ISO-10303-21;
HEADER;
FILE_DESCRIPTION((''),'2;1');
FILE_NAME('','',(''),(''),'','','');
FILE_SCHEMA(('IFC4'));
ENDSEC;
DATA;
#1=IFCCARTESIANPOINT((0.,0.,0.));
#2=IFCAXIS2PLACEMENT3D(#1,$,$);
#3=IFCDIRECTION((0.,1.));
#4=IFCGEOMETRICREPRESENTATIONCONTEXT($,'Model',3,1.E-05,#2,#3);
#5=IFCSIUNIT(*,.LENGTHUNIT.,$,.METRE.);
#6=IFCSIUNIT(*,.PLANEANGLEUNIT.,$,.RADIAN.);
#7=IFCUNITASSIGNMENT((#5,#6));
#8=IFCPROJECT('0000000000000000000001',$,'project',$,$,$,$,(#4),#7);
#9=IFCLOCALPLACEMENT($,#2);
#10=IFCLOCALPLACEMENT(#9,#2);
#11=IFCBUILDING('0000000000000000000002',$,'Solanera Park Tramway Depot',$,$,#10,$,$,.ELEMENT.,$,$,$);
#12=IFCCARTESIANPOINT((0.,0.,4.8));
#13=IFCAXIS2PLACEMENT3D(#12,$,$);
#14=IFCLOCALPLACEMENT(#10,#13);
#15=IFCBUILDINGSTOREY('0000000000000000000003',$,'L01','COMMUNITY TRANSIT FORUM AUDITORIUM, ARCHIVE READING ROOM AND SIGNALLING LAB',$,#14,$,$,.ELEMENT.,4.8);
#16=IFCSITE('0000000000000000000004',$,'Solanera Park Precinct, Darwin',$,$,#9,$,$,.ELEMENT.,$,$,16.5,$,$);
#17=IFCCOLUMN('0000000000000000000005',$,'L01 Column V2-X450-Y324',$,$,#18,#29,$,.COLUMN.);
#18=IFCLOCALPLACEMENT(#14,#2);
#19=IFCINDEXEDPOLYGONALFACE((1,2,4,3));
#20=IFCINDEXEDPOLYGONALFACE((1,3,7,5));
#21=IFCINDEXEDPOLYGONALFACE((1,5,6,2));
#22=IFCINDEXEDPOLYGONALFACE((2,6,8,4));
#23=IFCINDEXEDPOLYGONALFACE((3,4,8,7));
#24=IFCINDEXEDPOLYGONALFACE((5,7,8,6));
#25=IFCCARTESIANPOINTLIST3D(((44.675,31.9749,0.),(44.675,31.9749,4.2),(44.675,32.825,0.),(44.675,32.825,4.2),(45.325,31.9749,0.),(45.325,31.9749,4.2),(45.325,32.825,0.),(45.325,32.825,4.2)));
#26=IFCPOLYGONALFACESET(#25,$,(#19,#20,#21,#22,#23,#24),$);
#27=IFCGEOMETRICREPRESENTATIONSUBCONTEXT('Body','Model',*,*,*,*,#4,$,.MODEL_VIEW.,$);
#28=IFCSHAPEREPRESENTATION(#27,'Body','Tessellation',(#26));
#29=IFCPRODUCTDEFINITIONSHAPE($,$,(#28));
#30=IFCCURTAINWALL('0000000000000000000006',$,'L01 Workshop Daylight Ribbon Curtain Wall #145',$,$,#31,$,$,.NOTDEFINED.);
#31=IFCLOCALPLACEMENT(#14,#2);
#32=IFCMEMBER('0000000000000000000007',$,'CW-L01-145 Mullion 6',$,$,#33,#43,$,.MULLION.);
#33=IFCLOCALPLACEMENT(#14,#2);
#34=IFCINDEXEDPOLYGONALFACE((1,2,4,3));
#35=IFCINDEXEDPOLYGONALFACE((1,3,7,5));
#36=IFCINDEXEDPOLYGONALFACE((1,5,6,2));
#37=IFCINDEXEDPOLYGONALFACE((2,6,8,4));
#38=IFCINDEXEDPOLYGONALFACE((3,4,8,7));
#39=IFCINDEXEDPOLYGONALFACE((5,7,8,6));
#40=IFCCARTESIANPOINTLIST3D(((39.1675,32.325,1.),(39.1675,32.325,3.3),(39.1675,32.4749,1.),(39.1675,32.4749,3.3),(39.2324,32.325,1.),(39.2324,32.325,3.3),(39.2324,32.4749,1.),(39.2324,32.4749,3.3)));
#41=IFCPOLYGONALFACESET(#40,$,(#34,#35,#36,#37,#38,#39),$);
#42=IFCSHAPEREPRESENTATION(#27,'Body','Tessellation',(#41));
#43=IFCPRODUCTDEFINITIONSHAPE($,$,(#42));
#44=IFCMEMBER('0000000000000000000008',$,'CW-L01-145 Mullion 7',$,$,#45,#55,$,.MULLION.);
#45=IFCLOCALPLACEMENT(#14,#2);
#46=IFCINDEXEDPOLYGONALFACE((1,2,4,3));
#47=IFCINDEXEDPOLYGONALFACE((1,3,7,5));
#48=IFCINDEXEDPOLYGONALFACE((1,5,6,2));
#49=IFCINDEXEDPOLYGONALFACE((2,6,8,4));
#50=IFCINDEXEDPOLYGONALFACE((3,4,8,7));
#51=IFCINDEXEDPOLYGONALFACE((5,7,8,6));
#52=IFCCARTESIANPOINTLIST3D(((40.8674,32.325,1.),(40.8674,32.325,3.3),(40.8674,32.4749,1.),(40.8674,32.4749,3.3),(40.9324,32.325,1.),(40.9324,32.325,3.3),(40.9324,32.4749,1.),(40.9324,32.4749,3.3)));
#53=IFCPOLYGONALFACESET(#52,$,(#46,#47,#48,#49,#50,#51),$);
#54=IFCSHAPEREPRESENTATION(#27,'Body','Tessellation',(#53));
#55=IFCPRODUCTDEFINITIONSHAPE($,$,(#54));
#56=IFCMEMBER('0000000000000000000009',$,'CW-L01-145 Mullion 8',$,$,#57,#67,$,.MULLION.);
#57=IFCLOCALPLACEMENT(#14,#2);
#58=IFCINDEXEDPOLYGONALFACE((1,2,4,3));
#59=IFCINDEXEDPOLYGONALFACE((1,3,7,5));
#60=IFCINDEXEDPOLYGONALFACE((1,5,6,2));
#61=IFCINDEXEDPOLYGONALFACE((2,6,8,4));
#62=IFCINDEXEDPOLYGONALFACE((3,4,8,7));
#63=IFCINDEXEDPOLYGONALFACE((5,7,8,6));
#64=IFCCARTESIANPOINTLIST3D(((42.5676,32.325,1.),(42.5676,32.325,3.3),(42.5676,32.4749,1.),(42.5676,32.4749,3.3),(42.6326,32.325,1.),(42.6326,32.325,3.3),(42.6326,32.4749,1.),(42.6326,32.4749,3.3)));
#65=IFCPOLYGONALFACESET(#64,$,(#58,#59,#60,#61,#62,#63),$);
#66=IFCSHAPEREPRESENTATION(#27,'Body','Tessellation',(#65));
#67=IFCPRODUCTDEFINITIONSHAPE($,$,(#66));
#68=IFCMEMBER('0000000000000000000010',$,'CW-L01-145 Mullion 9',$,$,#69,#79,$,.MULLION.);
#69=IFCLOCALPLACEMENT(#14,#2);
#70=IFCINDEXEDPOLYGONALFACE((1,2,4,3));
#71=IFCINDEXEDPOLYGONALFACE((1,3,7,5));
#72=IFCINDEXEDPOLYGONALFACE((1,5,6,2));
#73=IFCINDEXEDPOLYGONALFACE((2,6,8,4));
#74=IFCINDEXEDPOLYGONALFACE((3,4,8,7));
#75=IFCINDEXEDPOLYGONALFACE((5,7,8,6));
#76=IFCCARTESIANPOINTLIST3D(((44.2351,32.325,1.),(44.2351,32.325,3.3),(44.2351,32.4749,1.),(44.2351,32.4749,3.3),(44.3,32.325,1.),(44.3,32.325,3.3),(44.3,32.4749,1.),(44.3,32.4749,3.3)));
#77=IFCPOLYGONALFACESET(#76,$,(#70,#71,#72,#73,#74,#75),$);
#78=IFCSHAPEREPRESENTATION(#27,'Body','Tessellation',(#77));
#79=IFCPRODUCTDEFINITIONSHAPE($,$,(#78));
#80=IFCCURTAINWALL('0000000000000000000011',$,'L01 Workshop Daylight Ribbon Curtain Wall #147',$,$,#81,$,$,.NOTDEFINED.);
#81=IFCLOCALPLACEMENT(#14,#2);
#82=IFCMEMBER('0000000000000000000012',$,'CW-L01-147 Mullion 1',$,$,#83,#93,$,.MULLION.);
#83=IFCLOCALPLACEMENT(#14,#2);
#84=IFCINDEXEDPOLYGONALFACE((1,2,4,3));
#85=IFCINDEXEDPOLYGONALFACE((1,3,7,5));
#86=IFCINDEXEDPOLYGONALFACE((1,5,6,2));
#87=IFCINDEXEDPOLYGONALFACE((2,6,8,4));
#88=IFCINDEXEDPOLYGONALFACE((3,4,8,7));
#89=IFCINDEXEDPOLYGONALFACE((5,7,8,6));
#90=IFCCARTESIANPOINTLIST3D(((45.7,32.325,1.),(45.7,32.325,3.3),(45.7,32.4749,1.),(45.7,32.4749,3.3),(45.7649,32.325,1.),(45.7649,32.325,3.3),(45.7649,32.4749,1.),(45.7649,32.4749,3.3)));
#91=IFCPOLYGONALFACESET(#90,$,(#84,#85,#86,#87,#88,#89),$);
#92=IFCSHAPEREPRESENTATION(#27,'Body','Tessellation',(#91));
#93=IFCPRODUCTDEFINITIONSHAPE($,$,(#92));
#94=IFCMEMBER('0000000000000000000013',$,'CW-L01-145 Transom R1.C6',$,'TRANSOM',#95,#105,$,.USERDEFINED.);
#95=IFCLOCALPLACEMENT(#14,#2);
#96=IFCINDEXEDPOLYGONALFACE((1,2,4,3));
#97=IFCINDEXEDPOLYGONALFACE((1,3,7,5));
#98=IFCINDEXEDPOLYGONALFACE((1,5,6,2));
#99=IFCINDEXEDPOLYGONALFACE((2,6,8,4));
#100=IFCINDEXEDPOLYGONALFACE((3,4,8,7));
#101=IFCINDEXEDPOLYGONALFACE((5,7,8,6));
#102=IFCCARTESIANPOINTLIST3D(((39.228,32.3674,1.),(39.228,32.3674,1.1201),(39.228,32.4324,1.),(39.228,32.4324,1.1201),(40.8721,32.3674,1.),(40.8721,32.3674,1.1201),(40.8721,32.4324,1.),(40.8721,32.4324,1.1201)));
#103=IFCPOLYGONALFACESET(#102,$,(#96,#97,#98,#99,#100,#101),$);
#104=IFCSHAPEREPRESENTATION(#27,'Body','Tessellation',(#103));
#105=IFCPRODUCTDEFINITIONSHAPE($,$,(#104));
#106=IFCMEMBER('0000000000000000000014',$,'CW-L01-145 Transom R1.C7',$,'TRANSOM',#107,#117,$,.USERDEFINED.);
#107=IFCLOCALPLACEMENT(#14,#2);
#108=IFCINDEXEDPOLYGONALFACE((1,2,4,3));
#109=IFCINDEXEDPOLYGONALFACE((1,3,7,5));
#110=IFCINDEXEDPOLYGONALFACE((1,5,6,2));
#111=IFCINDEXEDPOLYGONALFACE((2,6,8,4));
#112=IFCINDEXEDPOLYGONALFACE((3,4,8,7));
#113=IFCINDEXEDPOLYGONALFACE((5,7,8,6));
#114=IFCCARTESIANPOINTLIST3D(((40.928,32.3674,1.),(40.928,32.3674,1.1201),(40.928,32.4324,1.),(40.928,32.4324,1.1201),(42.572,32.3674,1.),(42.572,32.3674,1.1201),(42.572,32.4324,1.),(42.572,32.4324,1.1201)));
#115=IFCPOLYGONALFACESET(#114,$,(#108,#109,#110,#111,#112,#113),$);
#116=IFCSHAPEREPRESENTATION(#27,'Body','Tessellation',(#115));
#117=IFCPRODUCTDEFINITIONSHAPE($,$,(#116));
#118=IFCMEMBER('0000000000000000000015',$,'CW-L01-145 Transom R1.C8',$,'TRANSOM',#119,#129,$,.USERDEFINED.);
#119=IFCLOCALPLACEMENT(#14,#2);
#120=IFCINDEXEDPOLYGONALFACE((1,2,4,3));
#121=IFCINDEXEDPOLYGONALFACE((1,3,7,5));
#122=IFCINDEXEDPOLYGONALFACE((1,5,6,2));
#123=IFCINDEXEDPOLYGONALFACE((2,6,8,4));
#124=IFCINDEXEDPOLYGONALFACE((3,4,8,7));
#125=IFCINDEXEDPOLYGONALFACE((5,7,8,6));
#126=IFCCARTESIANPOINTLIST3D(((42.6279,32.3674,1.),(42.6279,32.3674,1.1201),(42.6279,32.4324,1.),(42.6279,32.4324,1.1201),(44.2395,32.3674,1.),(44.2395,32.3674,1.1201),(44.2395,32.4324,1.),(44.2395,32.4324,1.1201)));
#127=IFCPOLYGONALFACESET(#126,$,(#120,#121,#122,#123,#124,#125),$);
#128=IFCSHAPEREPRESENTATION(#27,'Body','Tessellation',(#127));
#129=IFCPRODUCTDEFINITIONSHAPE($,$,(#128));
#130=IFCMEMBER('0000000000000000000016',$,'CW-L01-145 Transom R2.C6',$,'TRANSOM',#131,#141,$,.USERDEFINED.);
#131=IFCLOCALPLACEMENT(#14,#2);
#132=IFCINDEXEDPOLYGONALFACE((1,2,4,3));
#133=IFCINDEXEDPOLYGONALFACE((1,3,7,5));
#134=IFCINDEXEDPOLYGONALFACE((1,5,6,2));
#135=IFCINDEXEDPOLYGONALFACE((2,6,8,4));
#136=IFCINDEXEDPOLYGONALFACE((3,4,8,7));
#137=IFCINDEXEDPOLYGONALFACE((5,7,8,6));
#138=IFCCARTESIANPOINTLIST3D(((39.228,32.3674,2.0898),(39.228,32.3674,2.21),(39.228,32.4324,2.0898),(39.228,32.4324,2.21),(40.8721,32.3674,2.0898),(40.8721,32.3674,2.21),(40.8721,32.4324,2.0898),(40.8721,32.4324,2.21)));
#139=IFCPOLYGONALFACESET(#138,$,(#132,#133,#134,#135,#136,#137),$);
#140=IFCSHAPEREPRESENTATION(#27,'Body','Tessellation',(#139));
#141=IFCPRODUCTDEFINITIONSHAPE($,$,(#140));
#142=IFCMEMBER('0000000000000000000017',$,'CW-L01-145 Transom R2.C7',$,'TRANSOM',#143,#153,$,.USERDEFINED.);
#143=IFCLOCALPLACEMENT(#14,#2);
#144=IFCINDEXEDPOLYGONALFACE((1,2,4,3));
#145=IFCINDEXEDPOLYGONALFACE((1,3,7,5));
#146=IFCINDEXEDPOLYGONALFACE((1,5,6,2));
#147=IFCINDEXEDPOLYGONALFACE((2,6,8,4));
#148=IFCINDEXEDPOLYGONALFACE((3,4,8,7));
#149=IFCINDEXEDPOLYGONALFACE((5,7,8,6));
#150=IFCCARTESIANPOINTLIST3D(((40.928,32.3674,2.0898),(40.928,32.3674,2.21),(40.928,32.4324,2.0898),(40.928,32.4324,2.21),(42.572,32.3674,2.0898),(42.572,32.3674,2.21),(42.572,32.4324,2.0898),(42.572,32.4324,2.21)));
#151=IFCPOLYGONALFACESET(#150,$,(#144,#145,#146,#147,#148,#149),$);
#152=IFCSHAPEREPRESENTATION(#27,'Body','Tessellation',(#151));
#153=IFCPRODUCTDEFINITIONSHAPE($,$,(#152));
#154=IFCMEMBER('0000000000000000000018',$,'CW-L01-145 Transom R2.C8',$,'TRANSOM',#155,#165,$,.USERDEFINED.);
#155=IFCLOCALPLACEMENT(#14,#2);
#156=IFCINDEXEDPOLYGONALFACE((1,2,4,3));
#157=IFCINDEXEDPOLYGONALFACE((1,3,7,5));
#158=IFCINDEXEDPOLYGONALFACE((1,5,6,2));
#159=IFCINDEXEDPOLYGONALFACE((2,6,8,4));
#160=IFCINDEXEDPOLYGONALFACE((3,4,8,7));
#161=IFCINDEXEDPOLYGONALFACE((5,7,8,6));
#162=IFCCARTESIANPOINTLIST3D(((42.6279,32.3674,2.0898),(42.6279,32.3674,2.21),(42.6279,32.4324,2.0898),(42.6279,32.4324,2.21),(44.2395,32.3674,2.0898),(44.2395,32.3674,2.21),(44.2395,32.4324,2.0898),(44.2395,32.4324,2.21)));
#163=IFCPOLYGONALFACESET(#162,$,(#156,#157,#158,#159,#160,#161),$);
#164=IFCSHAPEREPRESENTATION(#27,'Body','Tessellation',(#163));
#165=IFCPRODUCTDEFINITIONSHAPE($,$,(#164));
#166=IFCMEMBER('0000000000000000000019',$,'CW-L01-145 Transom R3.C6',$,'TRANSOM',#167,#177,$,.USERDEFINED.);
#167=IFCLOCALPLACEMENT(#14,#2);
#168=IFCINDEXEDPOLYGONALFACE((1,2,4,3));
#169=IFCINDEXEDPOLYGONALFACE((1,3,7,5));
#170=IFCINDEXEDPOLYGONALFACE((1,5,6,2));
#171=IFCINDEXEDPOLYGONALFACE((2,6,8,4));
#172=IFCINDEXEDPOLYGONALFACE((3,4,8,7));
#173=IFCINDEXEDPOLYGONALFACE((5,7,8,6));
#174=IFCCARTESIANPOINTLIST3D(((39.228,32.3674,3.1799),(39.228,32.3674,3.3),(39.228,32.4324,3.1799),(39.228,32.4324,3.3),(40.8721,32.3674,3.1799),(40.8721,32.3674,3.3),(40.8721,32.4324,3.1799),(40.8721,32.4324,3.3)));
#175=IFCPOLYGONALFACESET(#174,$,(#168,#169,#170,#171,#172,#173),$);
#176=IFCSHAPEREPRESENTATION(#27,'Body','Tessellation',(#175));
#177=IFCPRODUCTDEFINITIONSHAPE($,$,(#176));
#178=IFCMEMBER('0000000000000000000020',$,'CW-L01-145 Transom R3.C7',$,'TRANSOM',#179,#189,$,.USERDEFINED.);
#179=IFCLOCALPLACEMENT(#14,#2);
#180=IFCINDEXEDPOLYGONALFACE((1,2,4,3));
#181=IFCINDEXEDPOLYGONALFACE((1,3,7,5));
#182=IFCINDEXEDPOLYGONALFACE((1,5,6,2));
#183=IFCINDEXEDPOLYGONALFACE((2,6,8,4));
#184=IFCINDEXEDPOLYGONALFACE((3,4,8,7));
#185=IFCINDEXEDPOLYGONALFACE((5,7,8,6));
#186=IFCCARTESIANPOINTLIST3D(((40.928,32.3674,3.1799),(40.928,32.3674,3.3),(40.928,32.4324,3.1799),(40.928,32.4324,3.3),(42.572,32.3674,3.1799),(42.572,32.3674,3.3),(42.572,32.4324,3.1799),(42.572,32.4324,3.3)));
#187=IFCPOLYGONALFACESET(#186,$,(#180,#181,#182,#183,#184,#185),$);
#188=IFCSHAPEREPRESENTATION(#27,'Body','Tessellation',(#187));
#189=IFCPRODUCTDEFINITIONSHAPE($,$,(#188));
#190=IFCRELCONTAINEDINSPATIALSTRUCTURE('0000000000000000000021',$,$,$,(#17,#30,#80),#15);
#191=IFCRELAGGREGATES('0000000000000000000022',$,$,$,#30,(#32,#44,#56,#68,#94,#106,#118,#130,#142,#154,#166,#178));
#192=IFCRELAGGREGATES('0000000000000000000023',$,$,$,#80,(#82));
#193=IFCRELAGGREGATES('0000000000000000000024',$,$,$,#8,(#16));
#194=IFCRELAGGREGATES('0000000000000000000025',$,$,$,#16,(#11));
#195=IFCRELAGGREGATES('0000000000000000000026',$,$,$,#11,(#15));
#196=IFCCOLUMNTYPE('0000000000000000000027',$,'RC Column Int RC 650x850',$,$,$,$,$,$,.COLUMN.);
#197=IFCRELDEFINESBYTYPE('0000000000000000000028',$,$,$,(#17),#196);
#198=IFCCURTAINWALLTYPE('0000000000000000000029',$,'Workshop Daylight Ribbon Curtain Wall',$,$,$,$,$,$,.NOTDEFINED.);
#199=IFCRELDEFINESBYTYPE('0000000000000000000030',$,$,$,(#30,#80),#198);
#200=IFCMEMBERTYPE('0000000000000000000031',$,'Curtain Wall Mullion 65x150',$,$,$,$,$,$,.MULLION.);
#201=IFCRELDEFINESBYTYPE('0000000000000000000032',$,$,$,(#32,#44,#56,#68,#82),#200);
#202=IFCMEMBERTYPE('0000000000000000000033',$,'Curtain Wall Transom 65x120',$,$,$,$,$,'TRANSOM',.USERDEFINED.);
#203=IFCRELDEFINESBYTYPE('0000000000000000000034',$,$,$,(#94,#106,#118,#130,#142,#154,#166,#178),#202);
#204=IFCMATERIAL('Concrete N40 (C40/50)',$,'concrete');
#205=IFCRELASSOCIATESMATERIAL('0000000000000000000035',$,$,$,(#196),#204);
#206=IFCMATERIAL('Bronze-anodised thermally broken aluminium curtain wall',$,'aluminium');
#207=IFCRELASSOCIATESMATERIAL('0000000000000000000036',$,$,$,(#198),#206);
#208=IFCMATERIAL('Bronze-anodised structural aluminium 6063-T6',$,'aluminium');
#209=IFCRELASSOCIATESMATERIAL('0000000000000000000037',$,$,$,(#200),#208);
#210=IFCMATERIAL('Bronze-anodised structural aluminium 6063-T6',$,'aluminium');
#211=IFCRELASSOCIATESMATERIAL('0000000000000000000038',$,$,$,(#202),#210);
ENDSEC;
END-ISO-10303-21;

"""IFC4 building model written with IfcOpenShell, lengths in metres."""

from ifc_helpers import new_model, si_unit, direction, frame, origin, origin_2d, place, context, subcontext, project, spatial, rectangle, extrude, material, material_profile, profile_set, type_object, element, aggregate, save


model = new_model("IFC4")

# Units and contexts
model_context = context("Model", 3, precision=1e-05, world=origin(), true_north=direction((0.0, 1.0)))
body_context = subcontext(model_context, "Body", "Model", "MODEL_VIEW")
ifc_project = project(units=[si_unit("LENGTHUNIT", "METRE"), si_unit("PLANEANGLEUNIT", "RADIAN")], contexts=[model_context])

# Site, building, storey
site_placement = place(None, origin())
site = spatial("IfcSite", under=ifc_project, at=site_placement, Name="Solanera Park Precinct, Darwin", CompositionType="ELEMENT", RefElevation=16.5)
building_placement = place(site_placement, origin())
building = spatial("IfcBuilding", under=site, at=building_placement, Name="Solanera Park Tramway Depot", CompositionType="ELEMENT")
storey_placement = place(building_placement, frame((0.0, 0.0, 4.8)))
storey = spatial("IfcBuildingStorey", under=building, at=storey_placement, Name="L01", Description="COMMUNITY TRANSIT FORUM AUDITORIUM, ARCHIVE READING ROOM AND SIGNALLING LAB", CompositionType="ELEMENT", Elevation=4.8)

# Column
ifc_material_1 = material(Name="Concrete N40 (C40/50)", Category="concrete")
ifc_material_profile_1 = material_profile(ifc_material_1, rectangle(XDim=0.6499, YDim=0.8501, at=origin_2d()), Name="RC 650x850")
ifc_profile_set_1 = profile_set([ifc_material_profile_1], Name="Concrete N40 (C40/50)")
column_type = type_object("IfcColumnType", Name="RC Column Int RC 650x850", PredefinedType="COLUMN", material=ifc_profile_set_1)
column_placement = place(storey_placement, frame((45.0, 32.3999, 0.0), z_axis=(0.0, 0.0, 1.0), x_axis=(1.0, 0.0, 0.0)))
element("IfcColumn", 1, at=column_placement, inside=storey, type_object=column_type, Name="L01 Column V2-X450-Y324", PredefinedType="COLUMN", context=body_context, shape_type="SweptSolid", body=[
    extrude(rectangle(XDim=0.6499, YDim=0.8501, at=origin_2d()), origin(), (0.0, 0.0, 1.0), 4.2),
])

# Curtain wall, members
ifc_material_2 = material(Name="Bronze-anodised thermally broken aluminium curtain wall", Category="aluminium")
curtain_wall_type = type_object("IfcCurtainWallType", Name="Workshop Daylight Ribbon Curtain Wall", PredefinedType="NOTDEFINED", material=ifc_material_2)
curtain_wall_1_placement = place(storey_placement, origin())
curtain_wall_1 = element("IfcCurtainWall", 2, at=curtain_wall_1_placement, inside=storey, type_object=curtain_wall_type, Name="L01 Workshop Daylight Ribbon Curtain Wall #145", PredefinedType="NOTDEFINED")
ifc_material_3 = material(Name="Bronze-anodised structural aluminium 6063-T6", Category="aluminium")
ifc_material_profile_2 = material_profile(ifc_material_3, rectangle(XDim=0.0649, YDim=0.1499, at=origin_2d()), Name="Curtain Wall Mullion 65x150")
ifc_profile_set_2 = profile_set([ifc_material_profile_2], Name="Bronze-anodised structural aluminium 6063-T6")
member_type_1 = type_object("IfcMemberType", Name="Curtain Wall Mullion 65x150", PredefinedType="MULLION", material=ifc_profile_set_2)
member_1_placement = place(storey_placement, frame((39.2, 32.3999, 1.0), z_axis=(0.0, 0.0, 1.0), x_axis=(1.0, 0.0, 0.0)))
member_1 = element("IfcMember", 3, at=member_1_placement, type_object=member_type_1, Name="CW-L01-145 Mullion 6", PredefinedType="MULLION", context=body_context, shape_type="SweptSolid", body=[
    extrude(rectangle(XDim=0.0649, YDim=0.1499, at=origin_2d()), origin(), (0.0, 0.0, 1.0), 2.3),
])
member_2_placement = place(storey_placement, frame((40.8999, 32.3999, 1.0), z_axis=(0.0, 0.0, 1.0), x_axis=(1.0, 0.0, 0.0)))
member_2 = element("IfcMember", 4, at=member_2_placement, type_object=member_type_1, Name="CW-L01-145 Mullion 7", PredefinedType="MULLION", context=body_context, shape_type="SweptSolid", body=[
    extrude(rectangle(XDim=0.0649, YDim=0.1499, at=origin_2d()), origin(), (0.0, 0.0, 1.0), 2.3),
])
member_3_placement = place(storey_placement, frame((42.6001, 32.3999, 1.0), z_axis=(0.0, 0.0, 1.0), x_axis=(1.0, 0.0, 0.0)))
member_3 = element("IfcMember", 5, at=member_3_placement, type_object=member_type_1, Name="CW-L01-145 Mullion 8", PredefinedType="MULLION", context=body_context, shape_type="SweptSolid", body=[
    extrude(rectangle(XDim=0.0649, YDim=0.1499, at=origin_2d()), origin(), (0.0, 0.0, 1.0), 2.3),
])
member_4_placement = place(storey_placement, frame((44.2676, 32.3999, 1.0), z_axis=(0.0, 0.0, 1.0), x_axis=(1.0, 0.0, 0.0)))
member_4 = element("IfcMember", 6, at=member_4_placement, type_object=member_type_1, Name="CW-L01-145 Mullion 9", PredefinedType="MULLION", context=body_context, shape_type="SweptSolid", body=[
    extrude(rectangle(XDim=0.0649, YDim=0.1499, at=origin_2d()), origin(), (0.0, 0.0, 1.0), 2.3),
])

# Curtain wall, member
curtain_wall_2_placement = place(storey_placement, origin())
curtain_wall_2 = element("IfcCurtainWall", 7, at=curtain_wall_2_placement, inside=storey, type_object=curtain_wall_type, Name="L01 Workshop Daylight Ribbon Curtain Wall #147", PredefinedType="NOTDEFINED")
member_5_placement = place(storey_placement, frame((45.7324, 32.3999, 1.0), z_axis=(0.0, 0.0, 1.0), x_axis=(1.0, 0.0, 0.0)))
member_5 = element("IfcMember", 8, at=member_5_placement, type_object=member_type_1, Name="CW-L01-147 Mullion 1", PredefinedType="MULLION", context=body_context, shape_type="SweptSolid", body=[
    extrude(rectangle(XDim=0.0649, YDim=0.1499, at=origin_2d()), origin(), (0.0, 0.0, 1.0), 2.3),
])

# Members
ifc_material_4 = material(Name="Bronze-anodised structural aluminium 6063-T6", Category="aluminium")
ifc_material_profile_3 = material_profile(ifc_material_4, rectangle(XDim=0.0649, YDim=0.1201, at=origin_2d()), Name="Curtain Wall Transom 65x120")
ifc_profile_set_3 = profile_set([ifc_material_profile_3], Name="Bronze-anodised structural aluminium 6063-T6")
member_type_2 = type_object("IfcMemberType", Name="Curtain Wall Transom 65x120", ElementType="TRANSOM", PredefinedType="USERDEFINED", material=ifc_profile_set_3)
member_6_placement = place(storey_placement, frame((39.228, 32.3999, 1.0601), z_axis=(1.0, 0.0, 0.0), x_axis=(0.0, 1.0, 0.0)))
member_6 = element("IfcMember", 9, at=member_6_placement, type_object=member_type_2, Name="CW-L01-145 Transom R1.C6", ObjectType="TRANSOM", PredefinedType="USERDEFINED", context=body_context, shape_type="SweptSolid", body=[
    extrude(rectangle(XDim=0.0649, YDim=0.1201, at=origin_2d()), origin(), (0.0, 0.0, 1.0), 1.644),
])
member_7_placement = place(storey_placement, frame((40.928, 32.3999, 1.0601), z_axis=(1.0, 0.0, 0.0), x_axis=(0.0, 1.0, 0.0)))
member_7 = element("IfcMember", 10, at=member_7_placement, type_object=member_type_2, Name="CW-L01-145 Transom R1.C7", ObjectType="TRANSOM", PredefinedType="USERDEFINED", context=body_context, shape_type="SweptSolid", body=[
    extrude(rectangle(XDim=0.0649, YDim=0.1201, at=origin_2d()), origin(), (0.0, 0.0, 1.0), 1.644),
])
member_8_placement = place(storey_placement, frame((42.6279, 32.3999, 1.0601), z_axis=(1.0, 0.0, 0.0), x_axis=(0.0, 1.0, 0.0)))
member_8 = element("IfcMember", 11, at=member_8_placement, type_object=member_type_2, Name="CW-L01-145 Transom R1.C8", ObjectType="TRANSOM", PredefinedType="USERDEFINED", context=body_context, shape_type="SweptSolid", body=[
    extrude(rectangle(XDim=0.0649, YDim=0.1201, at=origin_2d()), origin(), (0.0, 0.0, 1.0), 1.6116),
])
member_9_placement = place(storey_placement, frame((39.228, 32.3999, 2.1499), z_axis=(1.0, 0.0, 0.0), x_axis=(0.0, 1.0, 0.0)))
member_9 = element("IfcMember", 12, at=member_9_placement, type_object=member_type_2, Name="CW-L01-145 Transom R2.C6", ObjectType="TRANSOM", PredefinedType="USERDEFINED", context=body_context, shape_type="SweptSolid", body=[
    extrude(rectangle(XDim=0.0649, YDim=0.1201, at=origin_2d()), origin(), (0.0, 0.0, 1.0), 1.644),
])
member_10_placement = place(storey_placement, frame((40.928, 32.3999, 2.1499), z_axis=(1.0, 0.0, 0.0), x_axis=(0.0, 1.0, 0.0)))
member_10 = element("IfcMember", 13, at=member_10_placement, type_object=member_type_2, Name="CW-L01-145 Transom R2.C7", ObjectType="TRANSOM", PredefinedType="USERDEFINED", context=body_context, shape_type="SweptSolid", body=[
    extrude(rectangle(XDim=0.0649, YDim=0.1201, at=origin_2d()), origin(), (0.0, 0.0, 1.0), 1.644),
])
member_11_placement = place(storey_placement, frame((42.6279, 32.3999, 2.1499), z_axis=(1.0, 0.0, 0.0), x_axis=(0.0, 1.0, 0.0)))
member_11 = element("IfcMember", 14, at=member_11_placement, type_object=member_type_2, Name="CW-L01-145 Transom R2.C8", ObjectType="TRANSOM", PredefinedType="USERDEFINED", context=body_context, shape_type="SweptSolid", body=[
    extrude(rectangle(XDim=0.0649, YDim=0.1201, at=origin_2d()), origin(), (0.0, 0.0, 1.0), 1.6116),
])
member_12_placement = place(storey_placement, frame((39.228, 32.3999, 3.24), z_axis=(1.0, 0.0, 0.0), x_axis=(0.0, 1.0, 0.0)))
member_12 = element("IfcMember", 15, at=member_12_placement, type_object=member_type_2, Name="CW-L01-145 Transom R3.C6", ObjectType="TRANSOM", PredefinedType="USERDEFINED", context=body_context, shape_type="SweptSolid", body=[
    extrude(rectangle(XDim=0.0649, YDim=0.1201, at=origin_2d()), origin(), (0.0, 0.0, 1.0), 1.644),
])
member_13_placement = place(storey_placement, frame((40.928, 32.3999, 3.24), z_axis=(1.0, 0.0, 0.0), x_axis=(0.0, 1.0, 0.0)))
member_13 = element("IfcMember", 16, at=member_13_placement, type_object=member_type_2, Name="CW-L01-145 Transom R3.C7", ObjectType="TRANSOM", PredefinedType="USERDEFINED", context=body_context, shape_type="SweptSolid", body=[
    extrude(rectangle(XDim=0.0649, YDim=0.1201, at=origin_2d()), origin(), (0.0, 0.0, 1.0), 1.644),
])

aggregate(curtain_wall_1, [member_1, member_2, member_3, member_4, member_6, member_7, member_8, member_9, member_10, member_11, member_12, member_13])
aggregate(curtain_wall_2, [member_5])

save(model, "model.ifc")
